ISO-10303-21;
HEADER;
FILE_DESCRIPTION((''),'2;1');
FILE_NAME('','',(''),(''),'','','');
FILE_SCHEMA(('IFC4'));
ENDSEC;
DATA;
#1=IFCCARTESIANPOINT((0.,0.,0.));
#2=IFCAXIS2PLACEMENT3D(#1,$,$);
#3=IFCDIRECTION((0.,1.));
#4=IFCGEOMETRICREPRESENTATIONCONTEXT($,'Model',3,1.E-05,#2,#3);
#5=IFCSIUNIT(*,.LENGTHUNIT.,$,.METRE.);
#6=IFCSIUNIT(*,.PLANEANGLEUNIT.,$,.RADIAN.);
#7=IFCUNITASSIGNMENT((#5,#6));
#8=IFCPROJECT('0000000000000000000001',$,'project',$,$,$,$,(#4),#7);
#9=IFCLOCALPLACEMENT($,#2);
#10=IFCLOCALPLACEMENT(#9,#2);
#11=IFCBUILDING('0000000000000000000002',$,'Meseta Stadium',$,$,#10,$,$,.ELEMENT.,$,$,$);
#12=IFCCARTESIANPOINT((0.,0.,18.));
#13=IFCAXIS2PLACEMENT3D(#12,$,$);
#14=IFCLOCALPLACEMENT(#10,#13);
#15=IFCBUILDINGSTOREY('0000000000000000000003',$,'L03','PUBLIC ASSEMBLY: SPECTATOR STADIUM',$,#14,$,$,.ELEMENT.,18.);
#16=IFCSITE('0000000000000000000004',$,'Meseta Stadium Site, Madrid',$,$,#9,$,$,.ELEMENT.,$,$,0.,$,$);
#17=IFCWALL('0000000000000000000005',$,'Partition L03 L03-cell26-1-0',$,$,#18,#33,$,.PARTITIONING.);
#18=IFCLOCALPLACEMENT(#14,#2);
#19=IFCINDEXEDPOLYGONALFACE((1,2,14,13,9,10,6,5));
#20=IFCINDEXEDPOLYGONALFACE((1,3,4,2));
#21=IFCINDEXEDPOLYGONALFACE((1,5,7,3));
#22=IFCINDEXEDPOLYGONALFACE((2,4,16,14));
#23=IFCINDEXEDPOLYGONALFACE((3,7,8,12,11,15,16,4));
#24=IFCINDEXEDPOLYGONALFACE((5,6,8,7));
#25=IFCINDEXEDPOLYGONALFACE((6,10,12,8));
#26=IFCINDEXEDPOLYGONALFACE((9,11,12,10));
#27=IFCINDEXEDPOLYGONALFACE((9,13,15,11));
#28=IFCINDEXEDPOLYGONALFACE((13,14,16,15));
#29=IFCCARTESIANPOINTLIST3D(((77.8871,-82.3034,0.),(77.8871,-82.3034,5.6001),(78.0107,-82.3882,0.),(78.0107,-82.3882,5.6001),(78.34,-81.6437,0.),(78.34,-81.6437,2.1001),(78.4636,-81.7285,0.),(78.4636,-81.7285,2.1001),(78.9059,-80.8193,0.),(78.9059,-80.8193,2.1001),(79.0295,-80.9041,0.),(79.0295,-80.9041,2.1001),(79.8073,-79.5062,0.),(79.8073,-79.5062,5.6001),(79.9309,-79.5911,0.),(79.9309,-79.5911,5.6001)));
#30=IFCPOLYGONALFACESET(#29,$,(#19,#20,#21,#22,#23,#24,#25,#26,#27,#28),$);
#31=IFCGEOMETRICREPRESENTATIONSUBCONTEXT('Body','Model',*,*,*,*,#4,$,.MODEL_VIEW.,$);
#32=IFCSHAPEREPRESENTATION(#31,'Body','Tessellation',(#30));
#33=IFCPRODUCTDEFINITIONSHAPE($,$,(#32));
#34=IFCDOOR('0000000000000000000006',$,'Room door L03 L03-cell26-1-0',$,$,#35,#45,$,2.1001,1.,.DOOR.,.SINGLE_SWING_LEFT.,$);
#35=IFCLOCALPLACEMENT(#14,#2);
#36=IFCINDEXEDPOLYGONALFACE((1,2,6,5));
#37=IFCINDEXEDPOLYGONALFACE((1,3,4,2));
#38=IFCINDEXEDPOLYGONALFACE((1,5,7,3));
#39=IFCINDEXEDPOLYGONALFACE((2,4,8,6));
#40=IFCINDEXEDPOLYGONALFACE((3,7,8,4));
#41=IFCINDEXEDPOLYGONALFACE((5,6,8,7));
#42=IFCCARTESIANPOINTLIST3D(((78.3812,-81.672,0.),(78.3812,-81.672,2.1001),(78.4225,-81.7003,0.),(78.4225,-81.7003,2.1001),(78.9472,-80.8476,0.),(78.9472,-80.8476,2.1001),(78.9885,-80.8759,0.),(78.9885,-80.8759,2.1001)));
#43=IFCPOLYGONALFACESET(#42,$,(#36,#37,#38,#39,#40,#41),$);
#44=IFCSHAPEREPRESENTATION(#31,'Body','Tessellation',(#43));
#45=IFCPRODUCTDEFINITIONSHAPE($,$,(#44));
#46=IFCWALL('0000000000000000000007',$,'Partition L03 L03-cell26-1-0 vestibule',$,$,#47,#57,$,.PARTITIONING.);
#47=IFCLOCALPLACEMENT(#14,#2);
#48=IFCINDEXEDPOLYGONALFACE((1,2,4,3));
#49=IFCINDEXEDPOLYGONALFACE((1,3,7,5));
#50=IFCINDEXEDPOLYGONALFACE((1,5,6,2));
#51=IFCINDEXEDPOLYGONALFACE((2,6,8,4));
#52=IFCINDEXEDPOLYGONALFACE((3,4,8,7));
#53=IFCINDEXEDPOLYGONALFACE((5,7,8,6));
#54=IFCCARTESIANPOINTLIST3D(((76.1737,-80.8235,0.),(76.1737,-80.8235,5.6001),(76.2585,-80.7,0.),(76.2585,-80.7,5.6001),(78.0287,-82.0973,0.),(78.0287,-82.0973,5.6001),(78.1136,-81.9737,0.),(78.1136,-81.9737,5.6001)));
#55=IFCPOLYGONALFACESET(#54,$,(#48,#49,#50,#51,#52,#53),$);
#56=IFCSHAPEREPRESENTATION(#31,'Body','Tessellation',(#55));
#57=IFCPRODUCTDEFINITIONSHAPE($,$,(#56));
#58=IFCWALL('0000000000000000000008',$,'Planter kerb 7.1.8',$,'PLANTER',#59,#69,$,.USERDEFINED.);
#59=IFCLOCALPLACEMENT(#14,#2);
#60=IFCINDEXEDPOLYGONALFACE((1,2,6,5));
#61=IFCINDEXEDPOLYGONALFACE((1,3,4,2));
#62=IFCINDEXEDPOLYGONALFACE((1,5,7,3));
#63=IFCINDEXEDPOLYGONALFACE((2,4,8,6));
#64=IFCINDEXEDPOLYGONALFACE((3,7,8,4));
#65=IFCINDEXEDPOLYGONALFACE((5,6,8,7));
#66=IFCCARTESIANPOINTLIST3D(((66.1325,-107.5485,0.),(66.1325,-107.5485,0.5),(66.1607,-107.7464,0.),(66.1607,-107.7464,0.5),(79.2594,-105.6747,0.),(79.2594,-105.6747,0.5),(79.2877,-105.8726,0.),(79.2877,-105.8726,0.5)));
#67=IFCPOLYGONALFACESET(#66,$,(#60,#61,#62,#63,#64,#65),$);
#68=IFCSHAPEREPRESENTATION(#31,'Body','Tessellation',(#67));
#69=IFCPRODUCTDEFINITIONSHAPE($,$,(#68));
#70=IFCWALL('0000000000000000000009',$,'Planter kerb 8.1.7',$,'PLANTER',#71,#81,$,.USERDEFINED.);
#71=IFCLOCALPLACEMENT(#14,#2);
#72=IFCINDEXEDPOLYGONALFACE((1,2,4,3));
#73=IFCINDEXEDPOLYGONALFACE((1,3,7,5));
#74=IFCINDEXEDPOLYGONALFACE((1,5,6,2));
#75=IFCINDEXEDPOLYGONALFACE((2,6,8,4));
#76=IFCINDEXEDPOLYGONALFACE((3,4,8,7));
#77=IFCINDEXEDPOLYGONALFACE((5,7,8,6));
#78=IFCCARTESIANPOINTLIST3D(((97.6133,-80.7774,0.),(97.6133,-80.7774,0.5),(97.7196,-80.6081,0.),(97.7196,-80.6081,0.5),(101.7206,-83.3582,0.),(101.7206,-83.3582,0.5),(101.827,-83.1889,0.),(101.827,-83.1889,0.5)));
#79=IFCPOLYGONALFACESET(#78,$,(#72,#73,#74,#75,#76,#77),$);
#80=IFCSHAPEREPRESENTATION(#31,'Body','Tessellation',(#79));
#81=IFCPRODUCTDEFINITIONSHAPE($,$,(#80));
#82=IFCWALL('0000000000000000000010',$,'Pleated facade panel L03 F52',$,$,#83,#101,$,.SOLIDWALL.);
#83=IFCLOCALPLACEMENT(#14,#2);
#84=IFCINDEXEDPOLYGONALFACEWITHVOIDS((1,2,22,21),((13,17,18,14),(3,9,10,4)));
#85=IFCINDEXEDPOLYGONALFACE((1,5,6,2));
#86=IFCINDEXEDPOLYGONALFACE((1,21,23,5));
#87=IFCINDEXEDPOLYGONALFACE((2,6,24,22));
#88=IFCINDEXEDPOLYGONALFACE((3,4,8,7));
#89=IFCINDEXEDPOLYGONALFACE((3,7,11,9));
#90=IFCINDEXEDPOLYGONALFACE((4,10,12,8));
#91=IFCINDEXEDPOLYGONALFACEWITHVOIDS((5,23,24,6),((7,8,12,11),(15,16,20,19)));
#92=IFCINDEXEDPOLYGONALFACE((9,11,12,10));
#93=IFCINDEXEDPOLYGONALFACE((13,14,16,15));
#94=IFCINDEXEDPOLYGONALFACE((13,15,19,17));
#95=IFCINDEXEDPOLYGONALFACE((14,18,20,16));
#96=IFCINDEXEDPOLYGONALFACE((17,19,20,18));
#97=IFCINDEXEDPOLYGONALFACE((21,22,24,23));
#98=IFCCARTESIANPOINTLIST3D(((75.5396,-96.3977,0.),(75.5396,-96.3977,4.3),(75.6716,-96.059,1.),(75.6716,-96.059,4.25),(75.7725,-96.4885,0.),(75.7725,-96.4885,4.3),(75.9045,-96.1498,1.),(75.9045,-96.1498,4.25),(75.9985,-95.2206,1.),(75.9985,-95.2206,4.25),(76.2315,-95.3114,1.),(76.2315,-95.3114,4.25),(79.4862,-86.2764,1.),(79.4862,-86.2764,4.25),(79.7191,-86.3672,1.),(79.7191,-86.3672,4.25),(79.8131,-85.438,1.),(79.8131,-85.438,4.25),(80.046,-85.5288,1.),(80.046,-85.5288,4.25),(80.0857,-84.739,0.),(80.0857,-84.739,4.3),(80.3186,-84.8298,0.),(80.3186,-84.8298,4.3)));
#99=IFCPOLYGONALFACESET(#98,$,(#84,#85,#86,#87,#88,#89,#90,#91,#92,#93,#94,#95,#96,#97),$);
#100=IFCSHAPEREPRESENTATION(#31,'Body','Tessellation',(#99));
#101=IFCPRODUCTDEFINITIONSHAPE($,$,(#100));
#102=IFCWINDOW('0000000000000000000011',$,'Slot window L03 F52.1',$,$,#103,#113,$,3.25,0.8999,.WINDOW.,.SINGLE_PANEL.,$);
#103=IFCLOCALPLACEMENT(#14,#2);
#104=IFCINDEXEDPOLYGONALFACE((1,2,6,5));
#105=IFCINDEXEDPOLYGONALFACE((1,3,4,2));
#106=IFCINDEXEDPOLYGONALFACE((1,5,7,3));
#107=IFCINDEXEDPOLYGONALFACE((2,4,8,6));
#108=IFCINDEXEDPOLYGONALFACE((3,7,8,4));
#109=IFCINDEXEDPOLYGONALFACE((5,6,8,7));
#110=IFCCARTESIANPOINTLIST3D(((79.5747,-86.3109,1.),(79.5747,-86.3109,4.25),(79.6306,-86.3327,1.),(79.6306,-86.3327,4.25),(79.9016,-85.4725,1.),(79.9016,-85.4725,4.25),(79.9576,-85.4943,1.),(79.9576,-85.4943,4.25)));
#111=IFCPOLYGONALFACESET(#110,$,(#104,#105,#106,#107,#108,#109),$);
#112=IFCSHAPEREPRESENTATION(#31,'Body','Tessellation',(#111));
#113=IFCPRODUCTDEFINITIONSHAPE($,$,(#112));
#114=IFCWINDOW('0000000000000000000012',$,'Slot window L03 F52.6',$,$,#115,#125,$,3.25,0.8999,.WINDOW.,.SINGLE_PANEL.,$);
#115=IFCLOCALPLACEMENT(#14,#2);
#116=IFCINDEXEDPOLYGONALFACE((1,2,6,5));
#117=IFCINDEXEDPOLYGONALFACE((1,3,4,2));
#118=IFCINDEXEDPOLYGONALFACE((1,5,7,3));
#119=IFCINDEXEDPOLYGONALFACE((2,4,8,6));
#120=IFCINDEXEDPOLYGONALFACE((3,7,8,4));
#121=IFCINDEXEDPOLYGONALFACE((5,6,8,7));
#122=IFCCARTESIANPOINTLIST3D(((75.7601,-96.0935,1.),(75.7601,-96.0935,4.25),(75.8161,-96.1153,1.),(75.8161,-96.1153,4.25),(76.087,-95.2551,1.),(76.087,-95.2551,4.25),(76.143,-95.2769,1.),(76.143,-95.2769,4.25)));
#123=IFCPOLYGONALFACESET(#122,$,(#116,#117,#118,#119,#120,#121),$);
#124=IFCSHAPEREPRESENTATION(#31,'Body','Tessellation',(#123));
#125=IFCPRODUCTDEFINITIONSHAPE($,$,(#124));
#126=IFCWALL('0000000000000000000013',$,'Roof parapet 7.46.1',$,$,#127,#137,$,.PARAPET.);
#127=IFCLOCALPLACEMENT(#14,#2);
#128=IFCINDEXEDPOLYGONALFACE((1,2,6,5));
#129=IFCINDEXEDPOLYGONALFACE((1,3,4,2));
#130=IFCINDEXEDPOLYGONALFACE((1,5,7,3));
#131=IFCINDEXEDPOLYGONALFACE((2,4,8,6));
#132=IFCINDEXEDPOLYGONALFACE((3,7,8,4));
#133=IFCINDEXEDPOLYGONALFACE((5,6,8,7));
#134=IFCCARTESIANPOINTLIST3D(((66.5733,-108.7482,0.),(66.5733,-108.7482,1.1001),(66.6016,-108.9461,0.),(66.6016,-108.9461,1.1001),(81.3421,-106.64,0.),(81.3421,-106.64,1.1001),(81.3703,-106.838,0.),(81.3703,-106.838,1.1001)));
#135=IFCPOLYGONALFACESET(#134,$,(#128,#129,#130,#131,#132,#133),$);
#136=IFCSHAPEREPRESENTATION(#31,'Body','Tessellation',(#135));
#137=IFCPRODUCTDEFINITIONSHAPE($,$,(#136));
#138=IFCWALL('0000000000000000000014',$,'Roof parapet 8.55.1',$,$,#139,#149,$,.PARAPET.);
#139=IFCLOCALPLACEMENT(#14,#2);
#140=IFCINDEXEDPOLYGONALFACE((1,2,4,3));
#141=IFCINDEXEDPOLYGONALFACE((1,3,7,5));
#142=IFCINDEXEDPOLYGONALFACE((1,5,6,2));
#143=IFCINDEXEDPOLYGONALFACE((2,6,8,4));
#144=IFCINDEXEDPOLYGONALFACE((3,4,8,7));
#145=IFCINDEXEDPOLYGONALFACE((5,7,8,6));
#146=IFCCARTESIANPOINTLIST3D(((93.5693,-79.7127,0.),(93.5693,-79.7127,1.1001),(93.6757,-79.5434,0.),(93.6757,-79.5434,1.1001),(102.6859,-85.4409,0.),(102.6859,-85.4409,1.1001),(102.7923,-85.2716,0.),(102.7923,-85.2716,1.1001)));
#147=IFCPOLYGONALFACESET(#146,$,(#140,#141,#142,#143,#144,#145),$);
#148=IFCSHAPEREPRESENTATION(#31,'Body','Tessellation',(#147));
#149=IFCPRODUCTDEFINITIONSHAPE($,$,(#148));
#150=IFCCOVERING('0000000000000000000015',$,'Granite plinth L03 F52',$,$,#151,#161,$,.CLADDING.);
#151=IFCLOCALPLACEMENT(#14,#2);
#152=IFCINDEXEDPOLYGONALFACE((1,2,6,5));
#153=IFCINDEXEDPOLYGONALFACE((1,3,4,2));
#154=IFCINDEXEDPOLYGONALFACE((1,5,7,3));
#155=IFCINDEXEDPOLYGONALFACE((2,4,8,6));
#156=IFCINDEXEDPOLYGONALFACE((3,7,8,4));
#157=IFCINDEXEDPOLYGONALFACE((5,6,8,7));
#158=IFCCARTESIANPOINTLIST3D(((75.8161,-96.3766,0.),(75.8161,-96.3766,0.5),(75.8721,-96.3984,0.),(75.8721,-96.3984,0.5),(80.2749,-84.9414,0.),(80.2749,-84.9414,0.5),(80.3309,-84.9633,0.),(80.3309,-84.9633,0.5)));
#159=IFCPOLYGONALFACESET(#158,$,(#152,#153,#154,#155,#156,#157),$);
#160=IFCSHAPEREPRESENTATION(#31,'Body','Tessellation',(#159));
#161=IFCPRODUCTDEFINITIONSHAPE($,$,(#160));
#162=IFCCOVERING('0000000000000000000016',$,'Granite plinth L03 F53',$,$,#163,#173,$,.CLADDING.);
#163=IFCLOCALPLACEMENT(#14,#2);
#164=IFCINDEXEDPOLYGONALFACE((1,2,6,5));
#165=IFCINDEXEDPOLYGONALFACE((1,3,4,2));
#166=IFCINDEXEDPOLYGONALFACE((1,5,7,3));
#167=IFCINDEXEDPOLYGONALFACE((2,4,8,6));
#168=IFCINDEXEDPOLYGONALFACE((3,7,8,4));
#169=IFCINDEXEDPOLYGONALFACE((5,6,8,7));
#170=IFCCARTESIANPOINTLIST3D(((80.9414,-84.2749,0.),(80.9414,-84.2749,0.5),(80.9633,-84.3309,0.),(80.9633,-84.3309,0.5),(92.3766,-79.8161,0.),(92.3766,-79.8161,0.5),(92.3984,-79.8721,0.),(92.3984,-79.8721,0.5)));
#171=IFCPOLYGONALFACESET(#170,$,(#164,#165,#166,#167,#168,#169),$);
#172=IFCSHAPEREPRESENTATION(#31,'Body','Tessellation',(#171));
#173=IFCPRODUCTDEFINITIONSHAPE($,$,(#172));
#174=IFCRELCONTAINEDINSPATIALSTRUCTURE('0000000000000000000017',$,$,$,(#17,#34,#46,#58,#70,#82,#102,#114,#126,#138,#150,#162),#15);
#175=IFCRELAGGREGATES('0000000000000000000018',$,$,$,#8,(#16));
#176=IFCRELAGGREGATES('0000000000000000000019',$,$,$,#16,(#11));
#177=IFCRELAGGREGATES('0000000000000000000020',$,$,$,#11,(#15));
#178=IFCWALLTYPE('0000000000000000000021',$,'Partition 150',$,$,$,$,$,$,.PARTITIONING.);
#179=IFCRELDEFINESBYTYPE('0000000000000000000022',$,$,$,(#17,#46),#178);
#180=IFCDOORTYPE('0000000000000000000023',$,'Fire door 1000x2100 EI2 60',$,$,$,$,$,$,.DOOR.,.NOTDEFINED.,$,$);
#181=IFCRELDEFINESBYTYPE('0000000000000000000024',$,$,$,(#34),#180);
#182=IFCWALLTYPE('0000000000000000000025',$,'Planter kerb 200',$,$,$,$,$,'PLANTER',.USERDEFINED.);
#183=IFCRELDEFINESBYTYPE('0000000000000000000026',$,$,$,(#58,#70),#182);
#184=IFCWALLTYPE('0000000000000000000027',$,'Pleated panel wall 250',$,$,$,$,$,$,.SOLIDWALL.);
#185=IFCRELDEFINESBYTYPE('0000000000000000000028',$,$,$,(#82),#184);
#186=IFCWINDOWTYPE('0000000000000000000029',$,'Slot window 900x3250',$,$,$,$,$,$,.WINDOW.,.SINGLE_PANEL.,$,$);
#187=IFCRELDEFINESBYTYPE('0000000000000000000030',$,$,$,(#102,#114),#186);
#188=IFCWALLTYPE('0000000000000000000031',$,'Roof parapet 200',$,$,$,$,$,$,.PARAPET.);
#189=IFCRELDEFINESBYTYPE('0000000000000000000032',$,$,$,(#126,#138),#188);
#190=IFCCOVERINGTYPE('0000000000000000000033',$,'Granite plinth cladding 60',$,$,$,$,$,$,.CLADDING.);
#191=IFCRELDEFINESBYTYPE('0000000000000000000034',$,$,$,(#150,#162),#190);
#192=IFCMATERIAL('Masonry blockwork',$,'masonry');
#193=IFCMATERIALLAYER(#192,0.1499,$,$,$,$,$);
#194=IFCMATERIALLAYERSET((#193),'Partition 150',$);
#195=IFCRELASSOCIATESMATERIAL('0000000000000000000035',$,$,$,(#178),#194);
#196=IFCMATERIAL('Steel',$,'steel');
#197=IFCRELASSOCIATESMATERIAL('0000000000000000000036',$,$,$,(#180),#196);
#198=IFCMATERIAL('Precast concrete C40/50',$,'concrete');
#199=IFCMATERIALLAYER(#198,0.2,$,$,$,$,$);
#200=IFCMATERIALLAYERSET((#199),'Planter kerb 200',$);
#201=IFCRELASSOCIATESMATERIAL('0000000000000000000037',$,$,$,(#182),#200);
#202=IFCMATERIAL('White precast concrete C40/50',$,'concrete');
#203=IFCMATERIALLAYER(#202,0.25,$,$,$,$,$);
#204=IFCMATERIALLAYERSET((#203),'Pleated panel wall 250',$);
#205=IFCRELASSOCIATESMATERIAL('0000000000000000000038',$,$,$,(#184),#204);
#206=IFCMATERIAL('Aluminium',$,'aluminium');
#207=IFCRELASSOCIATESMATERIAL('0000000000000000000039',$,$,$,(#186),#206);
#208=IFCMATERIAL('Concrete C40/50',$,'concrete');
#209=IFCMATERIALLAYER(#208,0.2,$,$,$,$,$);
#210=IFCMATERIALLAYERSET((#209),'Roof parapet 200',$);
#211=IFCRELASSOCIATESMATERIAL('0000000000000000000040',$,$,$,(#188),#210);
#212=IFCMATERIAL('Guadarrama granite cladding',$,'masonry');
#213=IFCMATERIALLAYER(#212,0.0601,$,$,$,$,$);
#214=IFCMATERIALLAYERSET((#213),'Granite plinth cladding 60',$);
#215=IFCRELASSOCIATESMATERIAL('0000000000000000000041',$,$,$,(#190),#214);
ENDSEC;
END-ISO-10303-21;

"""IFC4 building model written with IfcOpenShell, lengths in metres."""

from ifc_helpers import new_model, si_unit, direction, frame, frame_2d, origin, origin_2d, place, context, subcontext, project, spatial, rectangle, extrude, material, layer, layer_set, type_object, element, fill, save


model = new_model("IFC4")

# Units and contexts
model_context = context("Model", 3, precision=1e-05, world=origin(), true_north=direction((0.0, 1.0)))
body_context = subcontext(model_context, "Body", "Model", "MODEL_VIEW")
ifc_project = project(units=[si_unit("LENGTHUNIT", "METRE"), si_unit("PLANEANGLEUNIT", "RADIAN")], contexts=[model_context])

# Site, building, storey
site_placement = place(None, origin())
site = spatial("IfcSite", under=ifc_project, at=site_placement, Name="Meseta Stadium Site, Madrid", CompositionType="ELEMENT", RefElevation=0.0)
building_placement = place(site_placement, origin())
building = spatial("IfcBuilding", under=site, at=building_placement, Name="Meseta Stadium", CompositionType="ELEMENT")
storey_placement = place(building_placement, frame((0.0, 0.0, 18.0)))
storey = spatial("IfcBuildingStorey", under=building, at=storey_placement, Name="L03", Description="PUBLIC ASSEMBLY: SPECTATOR STADIUM", CompositionType="ELEMENT", Elevation=18.0)

# Wall, opening, door
ifc_material_1 = material(Name="Masonry blockwork", Category="masonry")
ifc_layer_1 = layer(ifc_material_1, 0.1499)
ifc_layer_set_1 = layer_set([ifc_layer_1], Name="Partition 150")
wall_type_1 = type_object("IfcWallType", Name="Partition 150", PredefinedType="PARTITIONING", material=ifc_layer_set_1)
wall_1_placement = place(storey_placement, frame((77.949, -82.3457, 0.0), z_axis=(0.0, 0.0, 1.0), x_axis=(0.565958, 0.824434, 0.0)))
wall_1 = element("IfcWall", 1, at=wall_1_placement, inside=storey, type_object=wall_type_1, Name="Partition L03 L03-cell26-1-0", PredefinedType="PARTITIONING", context=body_context, shape_type="SweptSolid", body=[
    extrude(rectangle(XDim=3.3928, YDim=0.1499, at=frame_2d((1.6963, 0.0))), origin(), (0.0, 0.0, 1.0), 5.6001),
])
opening_1_placement = place(wall_1_placement, frame((0.8, 0.0, 0.0)))
opening_1 = element("IfcOpeningElement", 2, at=opening_1_placement, cuts=wall_1, PredefinedType="OPENING", context=body_context, shape_type="SweptSolid", body=[
    extrude(rectangle(XDim=1.0, YDim=2.1001, at=frame_2d((0.5, 1.05))), frame((0.0, 0.085, 0.0), z_axis=(0.0, -1.0, 0.0), x_axis=(1.0, 0.0, 0.0)), (0.0, 0.0, 1.0), 0.1699),
])
ifc_material_2 = material(Name="Steel", Category="steel")
door_type = type_object("IfcDoorType", Name="Fire door 1000x2100 EI2 60", OperationType="NOTDEFINED", PredefinedType="DOOR", material=ifc_material_2)
door_placement = place(opening_1_placement, origin())
door = element("IfcDoor", 3, at=door_placement, inside=storey, type_object=door_type, Name="Room door L03 L03-cell26-1-0", OperationType="SINGLE_SWING_LEFT", OverallHeight=2.1001, OverallWidth=1.0, PredefinedType="DOOR", context=body_context, shape_type="SweptSolid", body=[
    extrude(rectangle(XDim=1.0, YDim=2.1001, at=frame_2d((0.5, 1.05))), frame((0.0, 0.0249, 0.0), z_axis=(0.0, -1.0, 0.0), x_axis=(1.0, 0.0, 0.0)), (0.0, 0.0, 1.0), 0.05),
])
fill(opening_1, door)

# Walls
wall_2_placement = place(storey_placement, frame((78.071, -82.0354, 0.0), z_axis=(0.0, 0.0, 1.0), x_axis=(-0.824377, 0.566041, 0.0)))
element("IfcWall", 4, at=wall_2_placement, inside=storey, type_object=wall_type_1, Name="Partition L03 L03-cell26-1-0 vestibule", PredefinedType="PARTITIONING", context=body_context, shape_type="SweptSolid", body=[
    extrude(rectangle(XDim=2.2502, YDim=0.1499, at=frame_2d((1.125, 0.0))), origin(), (0.0, 0.0, 1.0), 5.6001),
])
ifc_material_3 = material(Name="Precast concrete C40/50", Category="concrete")
ifc_layer_2 = layer(ifc_material_3, 0.2)
ifc_layer_set_2 = layer_set([ifc_layer_2], Name="Planter kerb 200")
wall_type_2 = type_object("IfcWallType", Name="Planter kerb 200", ElementType="PLANTER", PredefinedType="USERDEFINED", material=ifc_layer_set_2)
wall_3_placement = place(storey_placement, frame((79.2734, -105.7737, 0.0), z_axis=(0.0, 0.0, 1.0), x_axis=(-0.989965, -0.141311, 0.0)))
element("IfcWall", 5, at=wall_3_placement, inside=storey, type_object=wall_type_2, Name="Planter kerb 7.1.8", ObjectType="PLANTER", PredefinedType="USERDEFINED", context=body_context, shape_type="SweptSolid", body=[
    extrude(rectangle(XDim=13.26, YDim=0.2, at=frame_2d((6.6299, 0.0))), origin(), (0.0, 0.0, 1.0), 0.5),
])
wall_4_placement = place(storey_placement, frame((101.7737, -83.2734, 0.0), z_axis=(0.0, 0.0, 1.0), x_axis=(-0.846729, 0.532024, 0.0)))
element("IfcWall", 6, at=wall_4_placement, inside=storey, type_object=wall_type_2, Name="Planter kerb 8.1.7", ObjectType="PLANTER", PredefinedType="USERDEFINED", context=body_context, shape_type="SweptSolid", body=[
    extrude(rectangle(XDim=4.8508, YDim=0.2, at=frame_2d((2.4253, 0.0))), origin(), (0.0, 0.0, 1.0), 0.5),
])

# Wall, openings, windows
ifc_material_4 = material(Name="White precast concrete C40/50", Category="concrete")
ifc_layer_3 = layer(ifc_material_4, 0.25)
ifc_layer_set_3 = layer_set([ifc_layer_3], Name="Pleated panel wall 250")
wall_type_3 = type_object("IfcWallType", Name="Pleated panel wall 250", PredefinedType="SOLIDWALL", material=ifc_layer_set_3)
wall_5_placement = place(storey_placement, frame((80.2021, -84.7844, 0.0), z_axis=(0.0, 0.0, 1.0), x_axis=(-0.363293, -0.931675, 0.0)))
wall_5 = element("IfcWall", 7, at=wall_5_placement, inside=storey, type_object=wall_type_3, Name="Pleated facade panel L03 F52", PredefinedType="SOLIDWALL", context=body_context, shape_type="SweptSolid", body=[
    extrude(rectangle(XDim=12.5137, YDim=0.25, at=frame_2d((6.2568, 0.0))), origin(), (0.0, 0.0, 1.0), 4.3),
])
opening_2_placement = place(wall_5_placement, frame((0.7502, 0.0, 1.0)))
opening_2 = element("IfcOpeningElement", 8, at=opening_2_placement, cuts=wall_5, PredefinedType="OPENING", context=body_context, shape_type="SweptSolid", body=[
    extrude(rectangle(XDim=0.8999, YDim=3.25, at=frame_2d((0.45, 1.625))), frame((0.0, 0.135, 0.0), z_axis=(0.0, -1.0, 0.0), x_axis=(1.0, 0.0, 0.0)), (0.0, 0.0, 1.0), 0.27),
])
opening_3_placement = place(wall_5_placement, frame((11.2502, 0.0, 1.0)))
opening_3 = element("IfcOpeningElement", 9, at=opening_3_placement, cuts=wall_5, PredefinedType="OPENING", context=body_context, shape_type="SweptSolid", body=[
    extrude(rectangle(XDim=0.8999, YDim=3.25, at=frame_2d((0.45, 1.625))), frame((0.0, 0.135, 0.0), z_axis=(0.0, -1.0, 0.0), x_axis=(1.0, 0.0, 0.0)), (0.0, 0.0, 1.0), 0.27),
])
ifc_material_5 = material(Name="Aluminium", Category="aluminium")
window_type = type_object("IfcWindowType", Name="Slot window 900x3250", PartitioningType="SINGLE_PANEL", PredefinedType="WINDOW", material=ifc_material_5)
window_1_placement = place(opening_2_placement, origin())
window_1 = element("IfcWindow", 10, at=window_1_placement, inside=storey, type_object=window_type, Name="Slot window L03 F52.1", OverallHeight=3.25, OverallWidth=0.8999, PartitioningType="SINGLE_PANEL", PredefinedType="WINDOW", context=body_context, shape_type="SweptSolid", body=[
    extrude(rectangle(XDim=0.8999, YDim=3.25, at=frame_2d((0.45, 1.625))), frame((0.0, 0.03, 0.0), z_axis=(0.0, -1.0, 0.0), x_axis=(1.0, 0.0, 0.0)), (0.0, 0.0, 1.0), 0.0601),
])
fill(opening_2, window_1)
window_2_placement = place(opening_3_placement, origin())
window_2 = element("IfcWindow", 11, at=window_2_placement, inside=storey, type_object=window_type, Name="Slot window L03 F52.6", OverallHeight=3.25, OverallWidth=0.8999, PartitioningType="SINGLE_PANEL", PredefinedType="WINDOW", context=body_context, shape_type="SweptSolid", body=[
    extrude(rectangle(XDim=0.8999, YDim=3.25, at=frame_2d((0.45, 1.625))), frame((0.0, 0.03, 0.0), z_axis=(0.0, -1.0, 0.0), x_axis=(1.0, 0.0, 0.0)), (0.0, 0.0, 1.0), 0.0601),
])
fill(opening_3, window_2)

# Walls
ifc_material_6 = material(Name="Concrete C40/50", Category="concrete")
ifc_layer_4 = layer(ifc_material_6, 0.2)
ifc_layer_set_4 = layer_set([ifc_layer_4], Name="Roof parapet 200")
wall_type_4 = type_object("IfcWallType", Name="Roof parapet 200", PredefinedType="PARAPET", material=ifc_layer_set_4)
wall_6_placement = place(storey_placement, frame((81.3562, -106.739, 0.0), z_axis=(0.0, 0.0, 1.0), x_axis=(-0.989965, -0.141311, 0.0)))
element("IfcWall", 12, at=wall_6_placement, inside=storey, type_object=wall_type_4, Name="Roof parapet 7.46.1", PredefinedType="PARAPET", context=body_context, shape_type="SweptSolid", body=[
    extrude(rectangle(XDim=14.9185, YDim=0.2, at=frame_2d((7.4592, 0.0))), origin(), (0.0, 0.0, 1.0), 1.1001),
])
wall_7_placement = place(storey_placement, frame((102.739, -85.3562, 0.0), z_axis=(0.0, 0.0, 1.0), x_axis=(-0.84673, 0.532023, 0.0)))
element("IfcWall", 13, at=wall_7_placement, inside=storey, type_object=wall_type_4, Name="Roof parapet 8.55.1", PredefinedType="PARAPET", context=body_context, shape_type="SweptSolid", body=[
    extrude(rectangle(XDim=10.7668, YDim=0.2, at=frame_2d((5.3833, 0.0))), origin(), (0.0, 0.0, 1.0), 1.1001),
])

# Coverings
ifc_material_7 = material(Name="Guadarrama granite cladding", Category="masonry")
ifc_layer_5 = layer(ifc_material_7, 0.0601)
ifc_layer_set_5 = layer_set([ifc_layer_5], Name="Granite plinth cladding 60")
covering_type_1 = type_object("IfcCoveringType", Name="Granite plinth cladding 60", PredefinedType="CLADDING", material=ifc_layer_set_5)
for number, where, z_axis, x_axis, name in (
    (14, (78.0735, -90.6699, 0.0), (0.0, 0.0, 1.0), (-0.363281, -0.93168, 0.0), "Granite plinth L03 F52"),
    (15, (86.6699, -82.0735, 0.0), (0.0, 0.0, 1.0), (-0.93168, -0.363281, 0.0), "Granite plinth L03 F53"),
):
    element("IfcCovering", number, at=place(storey_placement, frame(where, z_axis=z_axis, x_axis=x_axis)), inside=storey, type_object=covering_type_1, Name=name, PredefinedType="CLADDING", context=body_context, shape_type="SweptSolid", body=[
        extrude(rectangle(XDim=12.2737, YDim=0.0601, at=origin_2d()), origin(), (0.0, 0.0, 1.0), 0.5),
    ])

save(model, "model.ifc")
